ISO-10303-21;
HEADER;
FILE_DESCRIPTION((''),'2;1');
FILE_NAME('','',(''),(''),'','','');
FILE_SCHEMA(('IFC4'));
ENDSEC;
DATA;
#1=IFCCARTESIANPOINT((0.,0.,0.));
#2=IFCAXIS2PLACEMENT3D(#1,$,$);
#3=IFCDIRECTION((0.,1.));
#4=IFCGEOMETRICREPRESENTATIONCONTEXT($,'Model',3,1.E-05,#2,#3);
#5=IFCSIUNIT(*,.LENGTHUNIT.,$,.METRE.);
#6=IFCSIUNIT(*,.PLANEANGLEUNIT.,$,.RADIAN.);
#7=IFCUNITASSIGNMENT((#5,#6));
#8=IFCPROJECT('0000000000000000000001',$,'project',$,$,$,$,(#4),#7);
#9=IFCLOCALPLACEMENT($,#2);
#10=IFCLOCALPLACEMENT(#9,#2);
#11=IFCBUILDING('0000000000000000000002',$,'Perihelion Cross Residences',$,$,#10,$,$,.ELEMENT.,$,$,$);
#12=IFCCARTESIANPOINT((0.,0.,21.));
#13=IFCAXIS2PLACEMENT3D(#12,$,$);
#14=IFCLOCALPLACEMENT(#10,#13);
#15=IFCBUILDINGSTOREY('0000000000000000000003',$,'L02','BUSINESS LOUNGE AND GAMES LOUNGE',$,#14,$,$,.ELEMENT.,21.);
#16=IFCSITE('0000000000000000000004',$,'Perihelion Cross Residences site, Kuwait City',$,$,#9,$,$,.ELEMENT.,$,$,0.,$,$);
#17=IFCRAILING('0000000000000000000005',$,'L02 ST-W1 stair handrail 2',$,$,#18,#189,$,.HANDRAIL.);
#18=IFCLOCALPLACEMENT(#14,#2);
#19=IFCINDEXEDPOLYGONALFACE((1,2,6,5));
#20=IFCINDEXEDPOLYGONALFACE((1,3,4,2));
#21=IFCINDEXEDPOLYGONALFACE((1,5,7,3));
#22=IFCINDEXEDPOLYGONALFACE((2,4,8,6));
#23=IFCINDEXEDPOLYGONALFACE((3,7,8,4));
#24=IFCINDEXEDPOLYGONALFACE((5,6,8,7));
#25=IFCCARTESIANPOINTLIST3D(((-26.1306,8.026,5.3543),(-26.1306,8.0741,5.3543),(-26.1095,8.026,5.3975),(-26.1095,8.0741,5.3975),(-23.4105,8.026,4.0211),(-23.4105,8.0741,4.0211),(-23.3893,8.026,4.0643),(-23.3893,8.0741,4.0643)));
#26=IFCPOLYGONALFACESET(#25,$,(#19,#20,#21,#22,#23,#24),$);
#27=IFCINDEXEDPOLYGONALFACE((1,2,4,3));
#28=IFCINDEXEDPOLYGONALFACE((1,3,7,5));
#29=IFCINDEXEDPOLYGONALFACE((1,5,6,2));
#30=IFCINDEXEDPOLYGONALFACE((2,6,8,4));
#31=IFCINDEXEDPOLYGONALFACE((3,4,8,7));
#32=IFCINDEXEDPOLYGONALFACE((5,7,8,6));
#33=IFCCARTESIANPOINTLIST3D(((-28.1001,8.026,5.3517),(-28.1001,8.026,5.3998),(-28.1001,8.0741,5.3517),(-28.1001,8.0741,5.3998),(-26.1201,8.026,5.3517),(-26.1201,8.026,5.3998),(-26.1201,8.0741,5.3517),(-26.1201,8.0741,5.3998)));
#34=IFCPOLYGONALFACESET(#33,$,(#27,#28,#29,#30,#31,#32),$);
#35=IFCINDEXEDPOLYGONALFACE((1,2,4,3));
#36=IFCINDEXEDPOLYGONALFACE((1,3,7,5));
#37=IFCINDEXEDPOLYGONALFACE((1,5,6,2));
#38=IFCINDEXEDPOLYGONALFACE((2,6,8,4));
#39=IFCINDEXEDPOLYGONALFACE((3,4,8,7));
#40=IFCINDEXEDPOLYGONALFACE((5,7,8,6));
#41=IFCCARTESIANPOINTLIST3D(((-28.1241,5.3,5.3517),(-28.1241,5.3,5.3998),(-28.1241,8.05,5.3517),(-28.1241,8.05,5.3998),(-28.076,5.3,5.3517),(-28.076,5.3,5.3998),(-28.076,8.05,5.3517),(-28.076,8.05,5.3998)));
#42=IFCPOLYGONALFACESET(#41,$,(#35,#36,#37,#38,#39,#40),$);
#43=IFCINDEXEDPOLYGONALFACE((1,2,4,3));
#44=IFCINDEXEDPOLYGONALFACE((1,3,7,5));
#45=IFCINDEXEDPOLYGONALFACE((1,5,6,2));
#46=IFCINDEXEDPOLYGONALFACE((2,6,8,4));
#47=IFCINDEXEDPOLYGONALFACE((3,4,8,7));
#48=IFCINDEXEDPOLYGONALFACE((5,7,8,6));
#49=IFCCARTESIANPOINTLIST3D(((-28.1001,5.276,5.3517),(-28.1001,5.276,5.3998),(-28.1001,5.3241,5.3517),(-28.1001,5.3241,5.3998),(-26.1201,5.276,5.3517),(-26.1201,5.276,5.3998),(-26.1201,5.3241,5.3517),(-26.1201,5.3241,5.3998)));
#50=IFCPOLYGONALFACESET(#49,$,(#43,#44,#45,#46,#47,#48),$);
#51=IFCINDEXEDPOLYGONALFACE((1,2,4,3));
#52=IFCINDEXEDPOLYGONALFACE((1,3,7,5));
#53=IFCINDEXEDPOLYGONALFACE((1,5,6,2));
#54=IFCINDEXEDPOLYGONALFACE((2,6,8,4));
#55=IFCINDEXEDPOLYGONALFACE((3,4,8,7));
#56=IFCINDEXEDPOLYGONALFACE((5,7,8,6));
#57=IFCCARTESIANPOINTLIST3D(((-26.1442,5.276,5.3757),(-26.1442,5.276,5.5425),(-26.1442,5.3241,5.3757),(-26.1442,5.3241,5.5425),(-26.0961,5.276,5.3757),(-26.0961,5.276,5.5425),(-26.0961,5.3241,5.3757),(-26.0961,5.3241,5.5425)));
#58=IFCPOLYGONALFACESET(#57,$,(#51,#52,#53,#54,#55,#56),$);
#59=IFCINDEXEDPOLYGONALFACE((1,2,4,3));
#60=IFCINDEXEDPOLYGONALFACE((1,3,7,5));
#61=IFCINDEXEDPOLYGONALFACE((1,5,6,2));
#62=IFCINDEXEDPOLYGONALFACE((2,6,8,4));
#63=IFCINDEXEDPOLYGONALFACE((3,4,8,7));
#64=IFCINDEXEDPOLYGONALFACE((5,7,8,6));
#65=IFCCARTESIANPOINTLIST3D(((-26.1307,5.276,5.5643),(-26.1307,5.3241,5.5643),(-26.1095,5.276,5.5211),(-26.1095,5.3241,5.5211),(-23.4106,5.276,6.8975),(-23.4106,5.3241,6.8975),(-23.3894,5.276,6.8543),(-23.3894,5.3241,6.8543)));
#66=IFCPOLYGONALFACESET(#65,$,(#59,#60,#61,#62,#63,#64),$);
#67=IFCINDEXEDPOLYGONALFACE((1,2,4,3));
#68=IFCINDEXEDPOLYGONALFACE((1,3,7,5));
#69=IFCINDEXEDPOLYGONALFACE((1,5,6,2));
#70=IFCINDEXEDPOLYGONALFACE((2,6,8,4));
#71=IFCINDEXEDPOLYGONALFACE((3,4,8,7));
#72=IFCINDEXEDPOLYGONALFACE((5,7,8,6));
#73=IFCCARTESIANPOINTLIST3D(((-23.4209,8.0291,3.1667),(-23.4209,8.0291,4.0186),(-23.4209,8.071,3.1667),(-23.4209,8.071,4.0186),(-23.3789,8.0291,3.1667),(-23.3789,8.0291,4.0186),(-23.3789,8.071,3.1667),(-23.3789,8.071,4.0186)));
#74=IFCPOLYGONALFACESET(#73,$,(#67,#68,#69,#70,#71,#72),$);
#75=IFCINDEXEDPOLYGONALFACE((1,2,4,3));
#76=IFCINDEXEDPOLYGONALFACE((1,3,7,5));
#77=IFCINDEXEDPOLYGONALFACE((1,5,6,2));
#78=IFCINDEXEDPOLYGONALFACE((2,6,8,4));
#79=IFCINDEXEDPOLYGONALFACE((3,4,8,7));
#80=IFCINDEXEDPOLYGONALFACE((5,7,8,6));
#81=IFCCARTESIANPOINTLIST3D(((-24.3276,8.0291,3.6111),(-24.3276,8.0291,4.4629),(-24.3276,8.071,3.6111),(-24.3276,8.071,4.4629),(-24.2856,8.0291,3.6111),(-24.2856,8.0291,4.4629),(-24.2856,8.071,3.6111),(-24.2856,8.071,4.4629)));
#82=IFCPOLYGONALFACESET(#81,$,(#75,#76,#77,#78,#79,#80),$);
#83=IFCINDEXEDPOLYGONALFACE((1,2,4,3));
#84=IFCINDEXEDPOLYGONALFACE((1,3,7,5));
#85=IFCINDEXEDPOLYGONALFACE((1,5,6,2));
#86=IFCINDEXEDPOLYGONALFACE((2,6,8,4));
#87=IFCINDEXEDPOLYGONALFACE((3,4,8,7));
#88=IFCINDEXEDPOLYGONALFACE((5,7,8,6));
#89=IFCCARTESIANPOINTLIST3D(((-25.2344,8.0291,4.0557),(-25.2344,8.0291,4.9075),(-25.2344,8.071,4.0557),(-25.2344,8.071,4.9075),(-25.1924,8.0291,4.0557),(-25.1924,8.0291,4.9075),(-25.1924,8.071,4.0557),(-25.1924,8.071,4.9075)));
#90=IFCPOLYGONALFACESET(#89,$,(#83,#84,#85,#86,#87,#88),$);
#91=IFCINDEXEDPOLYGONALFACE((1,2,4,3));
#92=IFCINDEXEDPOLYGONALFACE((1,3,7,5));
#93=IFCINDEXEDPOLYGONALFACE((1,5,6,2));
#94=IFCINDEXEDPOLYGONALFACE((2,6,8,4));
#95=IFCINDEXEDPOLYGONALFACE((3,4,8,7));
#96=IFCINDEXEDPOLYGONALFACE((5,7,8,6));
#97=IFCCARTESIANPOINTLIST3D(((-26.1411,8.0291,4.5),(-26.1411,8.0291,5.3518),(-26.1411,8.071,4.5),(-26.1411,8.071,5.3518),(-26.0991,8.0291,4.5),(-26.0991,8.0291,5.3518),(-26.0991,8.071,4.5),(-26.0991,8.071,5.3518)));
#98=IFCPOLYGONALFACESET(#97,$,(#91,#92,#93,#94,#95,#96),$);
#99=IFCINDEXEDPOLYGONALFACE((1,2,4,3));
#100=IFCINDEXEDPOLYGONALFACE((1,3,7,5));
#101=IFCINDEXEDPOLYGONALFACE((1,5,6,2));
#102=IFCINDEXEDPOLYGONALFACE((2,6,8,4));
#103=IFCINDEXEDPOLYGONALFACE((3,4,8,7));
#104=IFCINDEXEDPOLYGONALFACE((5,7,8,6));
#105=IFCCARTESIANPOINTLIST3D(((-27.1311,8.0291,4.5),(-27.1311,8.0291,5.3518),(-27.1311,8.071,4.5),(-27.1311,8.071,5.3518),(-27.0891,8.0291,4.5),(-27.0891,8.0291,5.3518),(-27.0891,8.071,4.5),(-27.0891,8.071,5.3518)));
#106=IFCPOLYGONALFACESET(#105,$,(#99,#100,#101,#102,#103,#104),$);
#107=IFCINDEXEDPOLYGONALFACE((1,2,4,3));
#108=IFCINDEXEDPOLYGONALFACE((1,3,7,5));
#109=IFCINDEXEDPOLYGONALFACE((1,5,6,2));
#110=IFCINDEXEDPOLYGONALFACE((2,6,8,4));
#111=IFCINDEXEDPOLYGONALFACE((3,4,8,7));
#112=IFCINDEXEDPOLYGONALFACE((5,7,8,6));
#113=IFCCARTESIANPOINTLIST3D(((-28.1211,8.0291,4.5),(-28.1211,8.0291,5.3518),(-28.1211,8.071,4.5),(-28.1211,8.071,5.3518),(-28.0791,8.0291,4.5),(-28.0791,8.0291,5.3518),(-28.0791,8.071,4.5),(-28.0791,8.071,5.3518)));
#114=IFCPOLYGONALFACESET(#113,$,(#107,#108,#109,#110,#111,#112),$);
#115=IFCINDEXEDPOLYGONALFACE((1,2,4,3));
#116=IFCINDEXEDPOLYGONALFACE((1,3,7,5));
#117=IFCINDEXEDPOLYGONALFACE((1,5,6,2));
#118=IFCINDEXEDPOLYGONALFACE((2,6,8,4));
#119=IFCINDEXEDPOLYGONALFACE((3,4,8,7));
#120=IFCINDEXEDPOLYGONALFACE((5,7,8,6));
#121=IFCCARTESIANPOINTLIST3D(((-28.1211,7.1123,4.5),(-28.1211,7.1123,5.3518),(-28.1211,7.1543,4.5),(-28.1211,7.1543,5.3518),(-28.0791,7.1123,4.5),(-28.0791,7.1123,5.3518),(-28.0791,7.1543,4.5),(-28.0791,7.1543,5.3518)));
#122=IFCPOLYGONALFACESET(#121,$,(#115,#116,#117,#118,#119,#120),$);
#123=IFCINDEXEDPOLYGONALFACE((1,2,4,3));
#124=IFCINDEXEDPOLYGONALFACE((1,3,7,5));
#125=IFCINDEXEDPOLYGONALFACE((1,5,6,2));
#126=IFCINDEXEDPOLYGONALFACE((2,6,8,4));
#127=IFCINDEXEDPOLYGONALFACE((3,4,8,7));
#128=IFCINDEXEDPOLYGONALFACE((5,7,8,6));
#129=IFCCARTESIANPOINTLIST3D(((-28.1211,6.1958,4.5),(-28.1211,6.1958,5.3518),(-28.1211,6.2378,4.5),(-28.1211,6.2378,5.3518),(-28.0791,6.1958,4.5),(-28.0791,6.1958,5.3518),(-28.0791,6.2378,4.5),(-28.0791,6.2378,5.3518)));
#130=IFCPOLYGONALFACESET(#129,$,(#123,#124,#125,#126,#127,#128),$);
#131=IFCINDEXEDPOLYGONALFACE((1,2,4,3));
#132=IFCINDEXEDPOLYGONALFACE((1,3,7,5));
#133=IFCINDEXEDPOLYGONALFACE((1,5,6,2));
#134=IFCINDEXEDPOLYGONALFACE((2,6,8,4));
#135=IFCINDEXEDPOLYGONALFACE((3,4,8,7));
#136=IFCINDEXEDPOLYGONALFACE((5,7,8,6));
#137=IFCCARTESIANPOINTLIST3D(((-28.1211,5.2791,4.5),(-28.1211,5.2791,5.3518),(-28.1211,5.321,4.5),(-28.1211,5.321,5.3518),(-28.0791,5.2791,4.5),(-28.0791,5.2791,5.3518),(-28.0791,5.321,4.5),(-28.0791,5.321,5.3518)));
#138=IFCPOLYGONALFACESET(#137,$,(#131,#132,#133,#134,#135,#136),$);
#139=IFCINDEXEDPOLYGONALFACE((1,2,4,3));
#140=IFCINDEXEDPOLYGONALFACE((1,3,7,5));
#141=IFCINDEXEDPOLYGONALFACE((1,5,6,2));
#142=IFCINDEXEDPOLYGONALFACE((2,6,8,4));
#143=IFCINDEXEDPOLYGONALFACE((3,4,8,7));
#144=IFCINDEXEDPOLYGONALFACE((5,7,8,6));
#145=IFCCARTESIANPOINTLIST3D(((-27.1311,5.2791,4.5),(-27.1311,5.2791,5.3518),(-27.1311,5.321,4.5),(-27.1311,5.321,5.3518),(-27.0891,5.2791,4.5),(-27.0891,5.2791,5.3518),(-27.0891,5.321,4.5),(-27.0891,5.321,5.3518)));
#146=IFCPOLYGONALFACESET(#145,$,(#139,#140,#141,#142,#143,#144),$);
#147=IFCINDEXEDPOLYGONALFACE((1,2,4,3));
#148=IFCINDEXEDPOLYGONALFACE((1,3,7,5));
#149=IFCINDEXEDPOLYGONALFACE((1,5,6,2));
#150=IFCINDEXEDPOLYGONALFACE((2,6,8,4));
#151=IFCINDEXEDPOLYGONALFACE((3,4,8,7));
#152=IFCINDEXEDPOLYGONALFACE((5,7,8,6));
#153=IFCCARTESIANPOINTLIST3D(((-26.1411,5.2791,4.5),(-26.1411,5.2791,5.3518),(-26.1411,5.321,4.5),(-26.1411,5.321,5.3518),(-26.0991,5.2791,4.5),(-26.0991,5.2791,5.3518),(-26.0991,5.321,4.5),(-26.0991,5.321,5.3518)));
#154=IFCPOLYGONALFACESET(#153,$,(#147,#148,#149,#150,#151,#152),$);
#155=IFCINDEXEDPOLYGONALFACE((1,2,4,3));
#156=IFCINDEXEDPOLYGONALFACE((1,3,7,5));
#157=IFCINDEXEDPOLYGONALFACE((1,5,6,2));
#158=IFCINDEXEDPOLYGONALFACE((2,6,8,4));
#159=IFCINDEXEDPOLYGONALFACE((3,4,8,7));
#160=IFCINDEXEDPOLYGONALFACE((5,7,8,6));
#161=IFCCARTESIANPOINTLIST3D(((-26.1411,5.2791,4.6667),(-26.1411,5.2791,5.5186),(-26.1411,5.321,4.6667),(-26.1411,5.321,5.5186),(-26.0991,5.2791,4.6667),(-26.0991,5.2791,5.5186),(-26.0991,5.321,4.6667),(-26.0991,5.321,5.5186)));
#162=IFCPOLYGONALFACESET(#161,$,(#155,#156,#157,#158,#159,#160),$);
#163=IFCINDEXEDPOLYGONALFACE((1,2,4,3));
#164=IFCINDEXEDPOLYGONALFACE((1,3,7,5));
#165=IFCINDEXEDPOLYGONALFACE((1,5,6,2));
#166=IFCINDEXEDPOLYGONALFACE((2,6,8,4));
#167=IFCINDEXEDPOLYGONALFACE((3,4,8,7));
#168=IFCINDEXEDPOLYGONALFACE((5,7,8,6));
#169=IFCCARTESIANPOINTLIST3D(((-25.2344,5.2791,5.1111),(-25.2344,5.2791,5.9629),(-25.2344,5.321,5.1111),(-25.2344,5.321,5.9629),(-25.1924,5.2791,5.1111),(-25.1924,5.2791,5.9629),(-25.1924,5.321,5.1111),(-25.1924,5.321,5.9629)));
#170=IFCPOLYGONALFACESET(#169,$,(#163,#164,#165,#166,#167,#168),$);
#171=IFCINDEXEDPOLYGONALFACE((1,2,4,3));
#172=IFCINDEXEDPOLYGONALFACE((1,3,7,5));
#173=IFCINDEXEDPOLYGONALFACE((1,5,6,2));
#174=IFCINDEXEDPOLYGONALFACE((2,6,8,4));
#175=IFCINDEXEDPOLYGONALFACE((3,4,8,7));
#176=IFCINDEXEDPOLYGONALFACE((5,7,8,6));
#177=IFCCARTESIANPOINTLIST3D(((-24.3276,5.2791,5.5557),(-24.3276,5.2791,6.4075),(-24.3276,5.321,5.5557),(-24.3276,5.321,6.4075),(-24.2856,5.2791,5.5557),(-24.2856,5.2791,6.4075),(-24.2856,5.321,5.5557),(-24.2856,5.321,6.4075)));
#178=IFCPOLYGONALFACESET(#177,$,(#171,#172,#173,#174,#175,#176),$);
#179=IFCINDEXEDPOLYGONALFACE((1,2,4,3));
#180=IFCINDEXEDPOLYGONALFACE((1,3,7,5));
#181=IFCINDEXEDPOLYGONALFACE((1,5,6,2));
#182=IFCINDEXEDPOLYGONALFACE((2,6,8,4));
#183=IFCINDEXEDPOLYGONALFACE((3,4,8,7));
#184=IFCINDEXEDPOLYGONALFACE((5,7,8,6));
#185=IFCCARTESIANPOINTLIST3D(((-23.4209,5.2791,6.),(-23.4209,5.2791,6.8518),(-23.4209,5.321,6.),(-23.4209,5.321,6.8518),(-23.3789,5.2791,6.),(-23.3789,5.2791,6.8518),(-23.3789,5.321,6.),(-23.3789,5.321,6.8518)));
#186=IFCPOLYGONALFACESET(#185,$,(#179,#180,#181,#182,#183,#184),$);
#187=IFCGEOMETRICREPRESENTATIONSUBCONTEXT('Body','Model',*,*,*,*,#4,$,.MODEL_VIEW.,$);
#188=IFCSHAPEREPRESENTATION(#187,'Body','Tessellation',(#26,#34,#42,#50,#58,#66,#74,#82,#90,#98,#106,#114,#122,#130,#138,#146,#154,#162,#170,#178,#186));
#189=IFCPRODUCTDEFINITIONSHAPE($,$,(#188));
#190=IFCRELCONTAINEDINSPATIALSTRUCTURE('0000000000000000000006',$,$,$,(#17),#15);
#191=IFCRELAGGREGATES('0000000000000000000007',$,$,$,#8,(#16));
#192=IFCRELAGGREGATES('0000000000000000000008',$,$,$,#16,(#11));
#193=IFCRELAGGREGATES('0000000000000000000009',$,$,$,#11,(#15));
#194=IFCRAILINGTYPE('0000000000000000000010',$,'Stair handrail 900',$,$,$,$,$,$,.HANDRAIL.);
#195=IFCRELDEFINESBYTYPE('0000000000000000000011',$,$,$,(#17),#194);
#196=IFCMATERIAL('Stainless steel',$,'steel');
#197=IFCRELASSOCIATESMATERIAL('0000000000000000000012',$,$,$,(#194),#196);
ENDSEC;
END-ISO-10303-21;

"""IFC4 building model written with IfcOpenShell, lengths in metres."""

from ifc_helpers import new_model, si_unit, direction, frame, origin, origin_2d, place, context, subcontext, project, spatial, rectangle, extrude, material, type_object, element, save


model = new_model("IFC4")

# Units and contexts
model_context = context("Model", 3, precision=1e-05, world=origin(), true_north=direction((0.0, 1.0)))
body_context = subcontext(model_context, "Body", "Model", "MODEL_VIEW")
ifc_project = project(units=[si_unit("LENGTHUNIT", "METRE"), si_unit("PLANEANGLEUNIT", "RADIAN")], contexts=[model_context])

# Site, building, storey
site_placement = place(None, origin())
site = spatial("IfcSite", under=ifc_project, at=site_placement, Name="Perihelion Cross Residences site, Kuwait City", CompositionType="ELEMENT", RefElevation=0.0)
building_placement = place(site_placement, origin())
building = spatial("IfcBuilding", under=site, at=building_placement, Name="Perihelion Cross Residences", CompositionType="ELEMENT")
storey_placement = place(building_placement, frame((0.0, 0.0, 21.0)))
storey = spatial("IfcBuildingStorey", under=building, at=storey_placement, Name="L02", Description="BUSINESS LOUNGE AND GAMES LOUNGE", CompositionType="ELEMENT", Elevation=21.0)

# Railing
ifc_material_1 = material(Name="Stainless steel", Category="steel")
railing_type_1 = type_object("IfcRailingType", Name="Stair handrail 900", PredefinedType="HANDRAIL", material=ifc_material_1)
railing_1_placement = place(storey_placement, frame((-23.3999, 8.05, 3.1667)))
element("IfcRailing", 1, at=railing_1_placement, inside=storey, type_object=railing_type_1, Name="L02 ST-W1 stair handrail 2", PredefinedType="HANDRAIL", context=body_context, shape_type="SweptSolid", body=[
    extrude(rectangle(XDim=0.0481, YDim=0.0481, at=origin_2d()), frame((0.0, 0.0, 0.876), z_axis=(-0.897945, 0.0, 0.440108), x_axis=(0.0, -1.0, 0.0)), (0.0, 0.0, 1.0), 3.0293),
    extrude(rectangle(XDim=0.0481, YDim=0.0481, at=origin_2d()), frame((-2.7202, 0.0, 2.209), z_axis=(-1.0, 0.0, 0.0), x_axis=(0.0, -1.0, 0.0)), (0.0, 0.0, 1.0), 1.98),
    extrude(rectangle(XDim=0.0481, YDim=0.0481, at=origin_2d()), frame((-4.7002, 0.0, 2.209), z_axis=(0.0, -1.0, 0.0), x_axis=(1.0, 0.0, 0.0)), (0.0, 0.0, 1.0), 2.75),
    extrude(rectangle(XDim=0.0481, YDim=0.0481, at=origin_2d()), frame((-4.7002, -2.75, 2.209), z_axis=(1.0, 0.0, 0.0), x_axis=(0.0, 1.0, 0.0)), (0.0, 0.0, 1.0), 1.98),
    extrude(rectangle(XDim=0.0481, YDim=0.0481, at=origin_2d()), frame((-2.7202, -2.75, 2.209), z_axis=(0.0, 0.0, 1.0), x_axis=(1.0, 0.0, 0.0)), (0.0, 0.0, 1.0), 0.1667),
    extrude(rectangle(XDim=0.0481, YDim=0.0481, at=origin_2d()), frame((-2.7202, -2.75, 2.376), z_axis=(0.897945, 0.0, 0.440108), x_axis=(0.0, 1.0, 0.0)), (0.0, 0.0, 1.0), 3.0293),
    extrude(rectangle(XDim=0.042, YDim=0.042, at=origin_2d()), origin(), (0.0, 0.0, 1.0), 0.8518),
    extrude(rectangle(XDim=0.042, YDim=0.042, at=origin_2d()), frame((-0.9067, 0.0, 0.4443)), (0.0, 0.0, 1.0), 0.8518),
    extrude(rectangle(XDim=0.042, YDim=0.042, at=origin_2d()), frame((-1.8135, 0.0, 0.8889)), (0.0, 0.0, 1.0), 0.8518),
    extrude(rectangle(XDim=0.042, YDim=0.042, at=origin_2d()), frame((-2.7202, 0.0, 1.3333)), (0.0, 0.0, 1.0), 0.8518),
    extrude(rectangle(XDim=0.042, YDim=0.042, at=origin_2d()), frame((-3.7102, 0.0, 1.3333)), (0.0, 0.0, 1.0), 0.8518),
    extrude(rectangle(XDim=0.042, YDim=0.042, at=origin_2d()), frame((-4.7002, 0.0, 1.3333)), (0.0, 0.0, 1.0), 0.8518),
    extrude(rectangle(XDim=0.042, YDim=0.042, at=origin_2d()), frame((-4.7002, -0.9167, 1.3333)), (0.0, 0.0, 1.0), 0.8518),
    extrude(rectangle(XDim=0.042, YDim=0.042, at=origin_2d()), frame((-4.7002, -1.8333, 1.3333)), (0.0, 0.0, 1.0), 0.8518),
    extrude(rectangle(XDim=0.042, YDim=0.042, at=origin_2d()), frame((-4.7002, -2.75, 1.3333)), (0.0, 0.0, 1.0), 0.8518),
    extrude(rectangle(XDim=0.042, YDim=0.042, at=origin_2d()), frame((-3.7102, -2.75, 1.3333)), (0.0, 0.0, 1.0), 0.8518),
    extrude(rectangle(XDim=0.042, YDim=0.042, at=origin_2d()), frame((-2.7202, -2.75, 1.3333)), (0.0, 0.0, 1.0), 0.8518),
    extrude(rectangle(XDim=0.042, YDim=0.042, at=origin_2d()), frame((-2.7202, -2.75, 1.5)), (0.0, 0.0, 1.0), 0.8518),
    extrude(rectangle(XDim=0.042, YDim=0.042, at=origin_2d()), frame((-1.8135, -2.75, 1.9443)), (0.0, 0.0, 1.0), 0.8518),
    extrude(rectangle(XDim=0.042, YDim=0.042, at=origin_2d()), frame((-0.9067, -2.75, 2.3889)), (0.0, 0.0, 1.0), 0.8518),
    extrude(rectangle(XDim=0.042, YDim=0.042, at=origin_2d()), frame((0.0, -2.75, 2.8333)), (0.0, 0.0, 1.0), 0.8518),
])

save(model, "model.ifc")
